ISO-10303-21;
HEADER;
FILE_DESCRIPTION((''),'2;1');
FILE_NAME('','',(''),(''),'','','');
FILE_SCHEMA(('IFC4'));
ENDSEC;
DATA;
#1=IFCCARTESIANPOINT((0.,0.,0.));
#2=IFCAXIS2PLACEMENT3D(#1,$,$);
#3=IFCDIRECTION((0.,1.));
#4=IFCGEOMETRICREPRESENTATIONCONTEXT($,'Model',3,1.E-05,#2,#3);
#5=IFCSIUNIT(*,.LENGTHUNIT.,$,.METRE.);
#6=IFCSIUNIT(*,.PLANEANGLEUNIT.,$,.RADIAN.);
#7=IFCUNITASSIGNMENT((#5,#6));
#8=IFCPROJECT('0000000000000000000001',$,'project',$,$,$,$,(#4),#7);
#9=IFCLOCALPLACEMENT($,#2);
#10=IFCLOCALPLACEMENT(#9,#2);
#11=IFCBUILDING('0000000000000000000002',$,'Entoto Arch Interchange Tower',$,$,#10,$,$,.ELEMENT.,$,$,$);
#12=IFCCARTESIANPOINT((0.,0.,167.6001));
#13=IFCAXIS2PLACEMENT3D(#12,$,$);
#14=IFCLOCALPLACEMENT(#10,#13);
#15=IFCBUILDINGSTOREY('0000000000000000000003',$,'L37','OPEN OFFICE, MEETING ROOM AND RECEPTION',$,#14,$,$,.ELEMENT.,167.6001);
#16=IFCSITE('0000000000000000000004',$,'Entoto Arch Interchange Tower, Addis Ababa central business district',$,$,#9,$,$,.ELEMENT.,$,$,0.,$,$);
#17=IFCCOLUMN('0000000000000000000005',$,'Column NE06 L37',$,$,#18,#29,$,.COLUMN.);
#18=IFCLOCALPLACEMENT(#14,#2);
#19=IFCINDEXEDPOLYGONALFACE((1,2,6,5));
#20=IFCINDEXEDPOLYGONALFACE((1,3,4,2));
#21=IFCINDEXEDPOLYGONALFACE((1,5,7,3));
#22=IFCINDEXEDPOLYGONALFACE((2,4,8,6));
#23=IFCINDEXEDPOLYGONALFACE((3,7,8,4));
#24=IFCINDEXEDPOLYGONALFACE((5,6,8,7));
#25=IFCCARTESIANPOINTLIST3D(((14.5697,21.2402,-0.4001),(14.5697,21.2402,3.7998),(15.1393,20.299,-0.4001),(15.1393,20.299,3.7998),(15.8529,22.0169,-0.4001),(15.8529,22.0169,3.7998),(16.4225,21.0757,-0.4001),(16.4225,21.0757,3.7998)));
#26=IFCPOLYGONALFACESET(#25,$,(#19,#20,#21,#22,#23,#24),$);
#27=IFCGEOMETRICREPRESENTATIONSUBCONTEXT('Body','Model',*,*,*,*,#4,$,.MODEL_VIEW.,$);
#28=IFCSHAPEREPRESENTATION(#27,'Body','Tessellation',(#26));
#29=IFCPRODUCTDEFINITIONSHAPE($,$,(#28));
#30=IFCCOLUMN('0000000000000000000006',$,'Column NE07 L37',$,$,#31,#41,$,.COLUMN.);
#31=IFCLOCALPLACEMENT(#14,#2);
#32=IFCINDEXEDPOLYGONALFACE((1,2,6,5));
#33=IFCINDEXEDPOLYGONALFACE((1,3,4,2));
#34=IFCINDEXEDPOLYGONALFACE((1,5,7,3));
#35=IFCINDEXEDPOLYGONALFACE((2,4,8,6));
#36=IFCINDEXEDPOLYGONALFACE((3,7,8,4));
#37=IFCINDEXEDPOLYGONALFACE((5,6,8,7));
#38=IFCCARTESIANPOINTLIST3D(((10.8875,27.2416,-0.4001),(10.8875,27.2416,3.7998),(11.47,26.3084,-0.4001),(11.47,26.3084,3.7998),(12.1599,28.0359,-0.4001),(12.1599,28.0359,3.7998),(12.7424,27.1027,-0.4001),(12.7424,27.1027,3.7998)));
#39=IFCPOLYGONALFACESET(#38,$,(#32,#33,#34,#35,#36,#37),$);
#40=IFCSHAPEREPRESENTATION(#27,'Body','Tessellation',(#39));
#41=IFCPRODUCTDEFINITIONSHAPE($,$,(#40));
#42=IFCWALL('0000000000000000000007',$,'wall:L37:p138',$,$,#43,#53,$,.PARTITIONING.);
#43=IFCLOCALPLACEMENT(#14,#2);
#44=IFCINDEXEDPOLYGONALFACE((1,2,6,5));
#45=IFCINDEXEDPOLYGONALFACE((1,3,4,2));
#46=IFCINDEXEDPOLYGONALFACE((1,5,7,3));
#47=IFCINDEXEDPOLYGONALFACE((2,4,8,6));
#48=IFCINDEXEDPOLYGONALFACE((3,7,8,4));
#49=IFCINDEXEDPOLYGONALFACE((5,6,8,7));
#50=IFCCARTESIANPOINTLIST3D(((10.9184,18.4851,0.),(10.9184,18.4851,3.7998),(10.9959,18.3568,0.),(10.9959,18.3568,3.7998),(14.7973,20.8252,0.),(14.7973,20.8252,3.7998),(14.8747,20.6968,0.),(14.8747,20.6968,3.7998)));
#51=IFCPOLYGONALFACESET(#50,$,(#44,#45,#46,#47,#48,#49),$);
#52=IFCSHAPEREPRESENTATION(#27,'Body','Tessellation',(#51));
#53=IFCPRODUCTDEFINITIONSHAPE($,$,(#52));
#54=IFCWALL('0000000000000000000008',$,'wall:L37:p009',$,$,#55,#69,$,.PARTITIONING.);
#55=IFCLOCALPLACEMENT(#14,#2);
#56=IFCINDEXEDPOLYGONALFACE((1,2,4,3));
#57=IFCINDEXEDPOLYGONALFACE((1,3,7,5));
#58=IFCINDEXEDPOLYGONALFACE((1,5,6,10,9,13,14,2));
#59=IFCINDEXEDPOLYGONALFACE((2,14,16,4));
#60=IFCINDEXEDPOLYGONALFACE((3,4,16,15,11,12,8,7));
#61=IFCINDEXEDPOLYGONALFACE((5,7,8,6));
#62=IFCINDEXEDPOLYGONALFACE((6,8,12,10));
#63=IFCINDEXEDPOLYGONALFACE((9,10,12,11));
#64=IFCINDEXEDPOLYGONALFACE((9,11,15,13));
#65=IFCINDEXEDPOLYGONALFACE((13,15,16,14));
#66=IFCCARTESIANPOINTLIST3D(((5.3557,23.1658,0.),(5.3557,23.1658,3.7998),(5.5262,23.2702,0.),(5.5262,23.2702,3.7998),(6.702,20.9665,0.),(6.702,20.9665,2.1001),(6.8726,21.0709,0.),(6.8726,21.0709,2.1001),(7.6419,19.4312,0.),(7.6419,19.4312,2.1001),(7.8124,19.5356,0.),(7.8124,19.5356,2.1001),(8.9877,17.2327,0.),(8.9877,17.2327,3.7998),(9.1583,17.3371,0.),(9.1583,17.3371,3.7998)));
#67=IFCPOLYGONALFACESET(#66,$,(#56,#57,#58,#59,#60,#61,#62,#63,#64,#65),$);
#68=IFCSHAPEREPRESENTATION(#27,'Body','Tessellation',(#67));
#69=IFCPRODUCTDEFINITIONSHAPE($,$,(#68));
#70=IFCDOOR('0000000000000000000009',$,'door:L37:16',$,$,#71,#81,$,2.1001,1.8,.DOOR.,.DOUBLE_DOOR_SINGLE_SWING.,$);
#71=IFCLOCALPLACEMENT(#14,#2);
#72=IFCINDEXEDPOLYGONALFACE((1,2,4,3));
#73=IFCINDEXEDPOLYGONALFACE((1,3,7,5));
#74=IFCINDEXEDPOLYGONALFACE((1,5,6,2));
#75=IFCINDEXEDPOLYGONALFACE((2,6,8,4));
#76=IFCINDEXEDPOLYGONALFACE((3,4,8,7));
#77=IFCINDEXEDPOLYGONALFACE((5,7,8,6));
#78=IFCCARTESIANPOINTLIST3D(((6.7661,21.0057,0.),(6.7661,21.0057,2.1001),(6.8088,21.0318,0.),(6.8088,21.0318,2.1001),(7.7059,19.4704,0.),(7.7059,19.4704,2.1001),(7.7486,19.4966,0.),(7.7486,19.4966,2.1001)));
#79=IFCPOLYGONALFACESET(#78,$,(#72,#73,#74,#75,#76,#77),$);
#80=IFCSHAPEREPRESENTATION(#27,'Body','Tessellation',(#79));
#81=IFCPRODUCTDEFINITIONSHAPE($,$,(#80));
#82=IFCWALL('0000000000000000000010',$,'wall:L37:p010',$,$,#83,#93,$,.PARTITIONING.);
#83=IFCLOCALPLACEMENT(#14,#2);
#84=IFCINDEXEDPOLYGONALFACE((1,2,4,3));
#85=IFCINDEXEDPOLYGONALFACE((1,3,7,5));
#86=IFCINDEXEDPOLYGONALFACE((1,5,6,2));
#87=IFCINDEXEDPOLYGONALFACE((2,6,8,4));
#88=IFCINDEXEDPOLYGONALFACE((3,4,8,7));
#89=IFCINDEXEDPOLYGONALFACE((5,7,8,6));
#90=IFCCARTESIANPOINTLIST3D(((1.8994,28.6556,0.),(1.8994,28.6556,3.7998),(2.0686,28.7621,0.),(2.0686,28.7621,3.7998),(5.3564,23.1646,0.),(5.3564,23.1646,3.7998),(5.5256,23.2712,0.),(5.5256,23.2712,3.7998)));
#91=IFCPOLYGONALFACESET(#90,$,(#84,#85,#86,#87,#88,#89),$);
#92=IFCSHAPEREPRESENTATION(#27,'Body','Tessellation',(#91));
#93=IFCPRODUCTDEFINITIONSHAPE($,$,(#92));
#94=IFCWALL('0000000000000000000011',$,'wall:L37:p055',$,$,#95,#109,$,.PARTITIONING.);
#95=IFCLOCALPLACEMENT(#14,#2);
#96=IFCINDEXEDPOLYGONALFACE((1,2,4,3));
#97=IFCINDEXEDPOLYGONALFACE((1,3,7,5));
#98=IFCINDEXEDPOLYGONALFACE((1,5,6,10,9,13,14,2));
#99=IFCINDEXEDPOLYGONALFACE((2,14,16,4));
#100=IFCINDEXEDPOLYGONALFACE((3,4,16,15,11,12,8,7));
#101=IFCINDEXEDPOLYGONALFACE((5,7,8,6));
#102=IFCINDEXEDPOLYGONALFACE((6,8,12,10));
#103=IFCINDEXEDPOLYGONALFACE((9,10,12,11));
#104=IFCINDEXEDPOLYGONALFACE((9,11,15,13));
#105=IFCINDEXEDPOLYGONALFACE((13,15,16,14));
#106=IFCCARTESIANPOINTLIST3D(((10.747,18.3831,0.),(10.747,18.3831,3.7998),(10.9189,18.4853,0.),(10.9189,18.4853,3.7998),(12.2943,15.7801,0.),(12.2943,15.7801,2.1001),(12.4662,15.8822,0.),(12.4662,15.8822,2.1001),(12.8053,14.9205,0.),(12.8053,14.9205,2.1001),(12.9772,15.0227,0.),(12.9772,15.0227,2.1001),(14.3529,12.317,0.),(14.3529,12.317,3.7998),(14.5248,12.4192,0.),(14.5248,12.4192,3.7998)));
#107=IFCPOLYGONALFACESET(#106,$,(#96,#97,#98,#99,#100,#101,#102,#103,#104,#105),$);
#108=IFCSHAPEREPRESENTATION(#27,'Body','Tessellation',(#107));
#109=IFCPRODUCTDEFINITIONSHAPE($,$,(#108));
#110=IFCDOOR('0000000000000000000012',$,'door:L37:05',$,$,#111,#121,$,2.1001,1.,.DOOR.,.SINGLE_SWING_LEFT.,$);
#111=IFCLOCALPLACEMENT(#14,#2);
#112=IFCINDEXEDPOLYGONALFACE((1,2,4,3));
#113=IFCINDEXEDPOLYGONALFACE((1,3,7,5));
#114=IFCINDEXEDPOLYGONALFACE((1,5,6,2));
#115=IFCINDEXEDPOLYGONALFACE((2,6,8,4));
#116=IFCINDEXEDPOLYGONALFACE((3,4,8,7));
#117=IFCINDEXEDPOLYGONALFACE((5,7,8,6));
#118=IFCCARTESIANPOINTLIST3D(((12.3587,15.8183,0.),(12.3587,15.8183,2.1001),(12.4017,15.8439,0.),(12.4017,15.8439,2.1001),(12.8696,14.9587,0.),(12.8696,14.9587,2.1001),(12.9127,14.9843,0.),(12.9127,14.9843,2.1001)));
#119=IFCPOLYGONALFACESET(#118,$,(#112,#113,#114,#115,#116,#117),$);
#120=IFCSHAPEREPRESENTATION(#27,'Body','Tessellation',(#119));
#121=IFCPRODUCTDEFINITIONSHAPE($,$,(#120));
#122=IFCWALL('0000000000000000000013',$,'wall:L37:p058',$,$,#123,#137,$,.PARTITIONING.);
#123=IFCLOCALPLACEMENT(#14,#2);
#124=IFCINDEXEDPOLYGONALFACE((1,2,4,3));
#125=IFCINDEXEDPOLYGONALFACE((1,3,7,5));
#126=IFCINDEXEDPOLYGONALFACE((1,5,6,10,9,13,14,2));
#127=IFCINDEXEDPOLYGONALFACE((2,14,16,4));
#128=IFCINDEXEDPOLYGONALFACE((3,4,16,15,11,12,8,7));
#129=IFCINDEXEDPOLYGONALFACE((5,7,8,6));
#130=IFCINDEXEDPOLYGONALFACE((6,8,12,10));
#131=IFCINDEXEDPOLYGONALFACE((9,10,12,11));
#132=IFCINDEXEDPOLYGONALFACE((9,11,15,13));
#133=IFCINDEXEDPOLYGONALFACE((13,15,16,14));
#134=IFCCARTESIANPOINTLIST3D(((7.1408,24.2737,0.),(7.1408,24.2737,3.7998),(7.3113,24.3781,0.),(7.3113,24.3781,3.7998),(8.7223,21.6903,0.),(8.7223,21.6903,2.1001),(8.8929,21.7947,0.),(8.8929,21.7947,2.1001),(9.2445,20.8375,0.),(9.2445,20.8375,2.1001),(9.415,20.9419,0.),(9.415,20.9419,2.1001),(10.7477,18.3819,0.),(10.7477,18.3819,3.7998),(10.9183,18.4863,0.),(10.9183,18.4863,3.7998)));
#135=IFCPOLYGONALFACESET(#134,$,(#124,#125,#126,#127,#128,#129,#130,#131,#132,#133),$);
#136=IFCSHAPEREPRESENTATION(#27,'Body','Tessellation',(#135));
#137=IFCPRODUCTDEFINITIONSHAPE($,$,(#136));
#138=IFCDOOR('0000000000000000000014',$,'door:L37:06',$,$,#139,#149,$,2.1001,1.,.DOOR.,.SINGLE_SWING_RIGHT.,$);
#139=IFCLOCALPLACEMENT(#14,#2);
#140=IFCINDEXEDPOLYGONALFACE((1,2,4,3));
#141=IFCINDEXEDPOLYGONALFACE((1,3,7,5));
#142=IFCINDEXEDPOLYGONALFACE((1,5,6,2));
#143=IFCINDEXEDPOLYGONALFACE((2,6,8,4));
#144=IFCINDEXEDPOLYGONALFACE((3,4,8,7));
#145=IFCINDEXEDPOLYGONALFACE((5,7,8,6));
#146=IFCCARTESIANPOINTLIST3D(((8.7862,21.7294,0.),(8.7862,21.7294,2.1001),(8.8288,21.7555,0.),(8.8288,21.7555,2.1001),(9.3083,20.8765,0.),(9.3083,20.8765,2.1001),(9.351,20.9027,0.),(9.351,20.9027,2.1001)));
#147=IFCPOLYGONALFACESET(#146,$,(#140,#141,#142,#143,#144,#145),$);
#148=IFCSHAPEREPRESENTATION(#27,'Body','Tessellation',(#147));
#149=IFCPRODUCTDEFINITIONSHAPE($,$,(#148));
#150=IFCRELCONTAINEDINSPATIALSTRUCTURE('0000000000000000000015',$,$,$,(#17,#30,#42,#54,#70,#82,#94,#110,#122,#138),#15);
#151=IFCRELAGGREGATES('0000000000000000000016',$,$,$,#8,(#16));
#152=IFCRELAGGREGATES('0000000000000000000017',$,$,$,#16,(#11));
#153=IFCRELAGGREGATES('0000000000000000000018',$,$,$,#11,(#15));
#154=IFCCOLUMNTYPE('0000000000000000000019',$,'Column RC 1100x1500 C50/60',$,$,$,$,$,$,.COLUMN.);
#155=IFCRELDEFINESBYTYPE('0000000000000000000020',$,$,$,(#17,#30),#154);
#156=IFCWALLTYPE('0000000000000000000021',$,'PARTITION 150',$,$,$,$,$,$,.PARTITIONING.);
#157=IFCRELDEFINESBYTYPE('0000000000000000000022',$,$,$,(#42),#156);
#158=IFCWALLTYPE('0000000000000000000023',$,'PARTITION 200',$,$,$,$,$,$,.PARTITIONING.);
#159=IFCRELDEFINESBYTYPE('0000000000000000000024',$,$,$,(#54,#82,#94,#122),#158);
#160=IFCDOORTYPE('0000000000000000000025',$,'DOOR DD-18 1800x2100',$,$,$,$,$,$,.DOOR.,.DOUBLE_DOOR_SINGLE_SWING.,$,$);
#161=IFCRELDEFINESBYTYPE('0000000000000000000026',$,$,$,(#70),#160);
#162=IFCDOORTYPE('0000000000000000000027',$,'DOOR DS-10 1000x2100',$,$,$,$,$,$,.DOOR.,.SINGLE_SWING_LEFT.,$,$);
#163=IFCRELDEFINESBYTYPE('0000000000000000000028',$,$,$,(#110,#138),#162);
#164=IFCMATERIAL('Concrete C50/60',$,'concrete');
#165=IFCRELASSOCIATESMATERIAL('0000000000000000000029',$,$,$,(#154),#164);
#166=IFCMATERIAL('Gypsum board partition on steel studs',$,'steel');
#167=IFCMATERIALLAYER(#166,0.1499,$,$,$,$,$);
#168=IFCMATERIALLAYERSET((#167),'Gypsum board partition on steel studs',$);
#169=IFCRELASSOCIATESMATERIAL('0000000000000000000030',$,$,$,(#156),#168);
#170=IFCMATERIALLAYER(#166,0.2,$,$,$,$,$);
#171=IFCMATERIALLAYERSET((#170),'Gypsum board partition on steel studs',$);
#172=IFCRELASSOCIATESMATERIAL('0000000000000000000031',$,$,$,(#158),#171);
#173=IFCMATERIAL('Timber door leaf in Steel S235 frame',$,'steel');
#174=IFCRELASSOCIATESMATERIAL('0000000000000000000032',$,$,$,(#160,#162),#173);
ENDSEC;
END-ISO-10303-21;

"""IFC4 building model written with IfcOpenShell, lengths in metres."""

from ifc_helpers import new_model, si_unit, direction, frame, frame_2d, origin, origin_2d, place, context, subcontext, project, spatial, rectangle, extrude, material, layer, layer_set, material_profile, profile_set, type_object, element, fill, save


model = new_model("IFC4")

# Units and contexts
model_context = context("Model", 3, precision=1e-05, world=origin(), true_north=direction((0.0, 1.0)))
body_context = subcontext(model_context, "Body", "Model", "MODEL_VIEW")
ifc_project = project(units=[si_unit("LENGTHUNIT", "METRE"), si_unit("PLANEANGLEUNIT", "RADIAN")], contexts=[model_context])

# Site, building, storey
site_placement = place(None, origin())
site = spatial("IfcSite", under=ifc_project, at=site_placement, Name="Entoto Arch Interchange Tower, Addis Ababa central business district", CompositionType="ELEMENT", RefElevation=0.0)
building_placement = place(site_placement, origin())
building = spatial("IfcBuilding", under=site, at=building_placement, Name="Entoto Arch Interchange Tower", CompositionType="ELEMENT")
storey_placement = place(building_placement, frame((0.0, 0.0, 167.6001)))
storey = spatial("IfcBuildingStorey", under=building, at=storey_placement, Name="L37", Description="OPEN OFFICE, MEETING ROOM AND RECEPTION", CompositionType="ELEMENT", Elevation=167.6001)

# Columns
ifc_material_1 = material(Name="Concrete C50/60", Category="concrete")
ifc_material_profile = material_profile(ifc_material_1, rectangle(XDim=1.1001, YDim=1.5, at=origin_2d()))
ifc_profile_set = profile_set([ifc_material_profile], Name="Concrete C50/60")
column_type = type_object("IfcColumnType", Name="Column RC 1100x1500 C50/60", PredefinedType="COLUMN", material=ifc_profile_set)
for number, where, z_axis, x_axis, name in (
    (1, (15.4961, 21.158, -0.4001), (0.0, 0.0, 1.0), (-0.517803, 0.8555, 0.0), "Column NE06 L37"),
    (2, (11.8149, 27.1721, -0.4001), (0.0, 0.0, 1.0), (-0.529549, 0.848279, 0.0), "Column NE07 L37"),
):
    element("IfcColumn", number, at=place(storey_placement, frame(where, z_axis=z_axis, x_axis=x_axis)), inside=storey, type_object=column_type, Name=name, PredefinedType="COLUMN", context=body_context, shape_type="SweptSolid", body=[
        extrude(rectangle(XDim=1.1001, YDim=1.5, at=origin_2d()), origin(), (0.0, 0.0, 1.0), 4.2),
    ])

# Wall
ifc_material_2 = material(Name="Gypsum board partition on steel studs", Category="steel")
ifc_layer_1 = layer(ifc_material_2, 0.1499)
ifc_layer_set_1 = layer_set([ifc_layer_1], Name="Gypsum board partition on steel studs")
wall_type_1 = type_object("IfcWallType", Name="PARTITION 150", PredefinedType="PARTITIONING", material=ifc_layer_set_1)
wall_1_placement = place(storey_placement, frame((10.957, 18.4209, 0.0), z_axis=(0.0, 0.0, 1.0), x_axis=(0.856249, 0.516563, 0.0)))
element("IfcWall", 3, at=wall_1_placement, inside=storey, type_object=wall_type_1, Name="wall:L37:p138", PredefinedType="PARTITIONING", context=body_context, shape_type="SweptSolid", body=[
    extrude(rectangle(XDim=4.53, YDim=0.1499, at=frame_2d((2.2651, 0.0))), origin(), (0.0, 0.0, 1.0), 3.7998),
])

# Wall, opening, door
ifc_layer_2 = layer(ifc_material_2, 0.2)
ifc_layer_set_2 = layer_set([ifc_layer_2], Name="Gypsum board partition on steel studs")
wall_type_2 = type_object("IfcWallType", Name="PARTITION 200", PredefinedType="PARTITIONING", material=ifc_layer_set_2)
wall_2_placement = place(storey_placement, frame((9.073, 17.2849, 0.0), z_axis=(0.0, 0.0, 1.0), x_axis=(-0.522109, 0.852879, 0.0)))
wall_2 = element("IfcWall", 4, at=wall_2_placement, inside=storey, type_object=wall_type_2, Name="wall:L37:p009", PredefinedType="PARTITIONING", context=body_context, shape_type="SweptSolid", body=[
    extrude(rectangle(XDim=6.9565, YDim=0.2, at=frame_2d((3.4783, 0.0))), origin(), (0.0, 0.0, 1.0), 3.7998),
])
opening_1_placement = place(wall_2_placement, frame((2.5779, 0.0, 0.0)))
opening_1 = element("IfcOpeningElement", 5, at=opening_1_placement, cuts=wall_2, PredefinedType="OPENING", context=body_context, shape_type="SweptSolid", body=[
    extrude(rectangle(XDim=1.8, YDim=2.1001, at=frame_2d((0.8999, 1.05))), frame((0.0, 0.1099, 0.0), z_axis=(0.0, -1.0, 0.0), x_axis=(1.0, 0.0, 0.0)), (0.0, 0.0, 1.0), 0.22),
])
ifc_material_3 = material(Name="Timber door leaf in Steel S235 frame", Category="steel")
door_type_1 = type_object("IfcDoorType", Name="DOOR DD-18 1800x2100", OperationType="DOUBLE_DOOR_SINGLE_SWING", PredefinedType="DOOR", material=ifc_material_3)
door_1_placement = place(opening_1_placement, origin())
door_1 = element("IfcDoor", 6, at=door_1_placement, inside=storey, type_object=door_type_1, Name="door:L37:16", OperationType="DOUBLE_DOOR_SINGLE_SWING", OverallHeight=2.1001, OverallWidth=1.8, PredefinedType="DOOR", context=body_context, shape_type="SweptSolid", body=[
    extrude(rectangle(XDim=1.8, YDim=2.1001, at=frame_2d((0.8999, 1.05))), frame((0.0, 0.0249, 0.0), z_axis=(0.0, -1.0, 0.0), x_axis=(1.0, 0.0, 0.0)), (0.0, 0.0, 1.0), 0.05),
])
fill(opening_1, door_1)

# Wall
wall_3_placement = place(storey_placement, frame((5.4409, 23.218, 0.0), z_axis=(0.0, 0.0, 1.0), x_axis=(-0.532786, 0.84625, 0.0)))
element("IfcWall", 7, at=wall_3_placement, inside=storey, type_object=wall_type_2, Name="wall:L37:p010", PredefinedType="PARTITIONING", context=body_context, shape_type="SweptSolid", body=[
    extrude(rectangle(XDim=6.4885, YDim=0.2, at=frame_2d((3.2441, 0.0))), origin(), (0.0, 0.0, 1.0), 3.7998),
])

# Walls, openings, doors
wall_4_placement = place(storey_placement, frame((10.833, 18.4341, 0.0), z_axis=(0.0, 0.0, 1.0), x_axis=(0.510976, -0.859595, 0.0)))
wall_4 = element("IfcWall", 8, at=wall_4_placement, inside=storey, type_object=wall_type_2, Name="wall:L37:p055", PredefinedType="PARTITIONING", context=body_context, shape_type="SweptSolid", body=[
    extrude(rectangle(XDim=7.0569, YDim=0.2, at=frame_2d((3.5283, 0.0))), origin(), (0.0, 0.0, 1.0), 3.7998),
])
opening_2_placement = place(wall_4_placement, frame((3.0281, 0.0, 0.0)))
opening_2 = element("IfcOpeningElement", 9, at=opening_2_placement, cuts=wall_4, PredefinedType="OPENING", context=body_context, shape_type="SweptSolid", body=[
    extrude(rectangle(XDim=1.0, YDim=2.1001, at=frame_2d((0.5, 1.05))), frame((0.0, 0.1099, 0.0), z_axis=(0.0, -1.0, 0.0), x_axis=(1.0, 0.0, 0.0)), (0.0, 0.0, 1.0), 0.22),
])
door_type_2 = type_object("IfcDoorType", Name="DOOR DS-10 1000x2100", OperationType="SINGLE_SWING_LEFT", PredefinedType="DOOR", material=ifc_material_3)
door_2_placement = place(opening_2_placement, origin())
door_2 = element("IfcDoor", 10, at=door_2_placement, inside=storey, type_object=door_type_2, Name="door:L37:05", OperationType="SINGLE_SWING_LEFT", OverallHeight=2.1001, OverallWidth=1.0, PredefinedType="DOOR", context=body_context, shape_type="SweptSolid", body=[
    extrude(rectangle(XDim=1.0, YDim=2.1001, at=frame_2d((0.5, 1.05))), frame((0.0, 0.0249, 0.0), z_axis=(0.0, -1.0, 0.0), x_axis=(1.0, 0.0, 0.0)), (0.0, 0.0, 1.0), 0.05),
])
fill(opening_2, door_2)
wall_5_placement = place(storey_placement, frame((7.2261, 24.3259, 0.0), z_axis=(0.0, 0.0, 1.0), x_axis=(0.52212, -0.852872, 0.0)))
wall_5 = element("IfcWall", 11, at=wall_5_placement, inside=storey, type_object=wall_type_2, Name="wall:L37:p058", PredefinedType="PARTITIONING", context=body_context, shape_type="SweptSolid", body=[
    extrude(rectangle(XDim=6.9082, YDim=0.2, at=frame_2d((3.4541, 0.0))), origin(), (0.0, 0.0, 1.0), 3.7998),
])
opening_3_placement = place(wall_5_placement, frame((3.0291, 0.0, 0.0)))
opening_3 = element("IfcOpeningElement", 12, at=opening_3_placement, cuts=wall_5, PredefinedType="OPENING", context=body_context, shape_type="SweptSolid", body=[
    extrude(rectangle(XDim=1.0, YDim=2.1001, at=frame_2d((0.5, 1.05))), frame((0.0, 0.1099, 0.0), z_axis=(0.0, -1.0, 0.0), x_axis=(1.0, 0.0, 0.0)), (0.0, 0.0, 1.0), 0.22),
])
door_3_placement = place(opening_3_placement, origin())
door_3 = element("IfcDoor", 13, at=door_3_placement, inside=storey, type_object=door_type_2, Name="door:L37:06", OperationType="SINGLE_SWING_RIGHT", OverallHeight=2.1001, OverallWidth=1.0, PredefinedType="DOOR", context=body_context, shape_type="SweptSolid", body=[
    extrude(rectangle(XDim=1.0, YDim=2.1001, at=frame_2d((0.5, 1.05))), frame((0.0, 0.0249, 0.0), z_axis=(0.0, -1.0, 0.0), x_axis=(1.0, 0.0, 0.0)), (0.0, 0.0, 1.0), 0.05),
])
fill(opening_3, door_3)

save(model, "model.ifc")
